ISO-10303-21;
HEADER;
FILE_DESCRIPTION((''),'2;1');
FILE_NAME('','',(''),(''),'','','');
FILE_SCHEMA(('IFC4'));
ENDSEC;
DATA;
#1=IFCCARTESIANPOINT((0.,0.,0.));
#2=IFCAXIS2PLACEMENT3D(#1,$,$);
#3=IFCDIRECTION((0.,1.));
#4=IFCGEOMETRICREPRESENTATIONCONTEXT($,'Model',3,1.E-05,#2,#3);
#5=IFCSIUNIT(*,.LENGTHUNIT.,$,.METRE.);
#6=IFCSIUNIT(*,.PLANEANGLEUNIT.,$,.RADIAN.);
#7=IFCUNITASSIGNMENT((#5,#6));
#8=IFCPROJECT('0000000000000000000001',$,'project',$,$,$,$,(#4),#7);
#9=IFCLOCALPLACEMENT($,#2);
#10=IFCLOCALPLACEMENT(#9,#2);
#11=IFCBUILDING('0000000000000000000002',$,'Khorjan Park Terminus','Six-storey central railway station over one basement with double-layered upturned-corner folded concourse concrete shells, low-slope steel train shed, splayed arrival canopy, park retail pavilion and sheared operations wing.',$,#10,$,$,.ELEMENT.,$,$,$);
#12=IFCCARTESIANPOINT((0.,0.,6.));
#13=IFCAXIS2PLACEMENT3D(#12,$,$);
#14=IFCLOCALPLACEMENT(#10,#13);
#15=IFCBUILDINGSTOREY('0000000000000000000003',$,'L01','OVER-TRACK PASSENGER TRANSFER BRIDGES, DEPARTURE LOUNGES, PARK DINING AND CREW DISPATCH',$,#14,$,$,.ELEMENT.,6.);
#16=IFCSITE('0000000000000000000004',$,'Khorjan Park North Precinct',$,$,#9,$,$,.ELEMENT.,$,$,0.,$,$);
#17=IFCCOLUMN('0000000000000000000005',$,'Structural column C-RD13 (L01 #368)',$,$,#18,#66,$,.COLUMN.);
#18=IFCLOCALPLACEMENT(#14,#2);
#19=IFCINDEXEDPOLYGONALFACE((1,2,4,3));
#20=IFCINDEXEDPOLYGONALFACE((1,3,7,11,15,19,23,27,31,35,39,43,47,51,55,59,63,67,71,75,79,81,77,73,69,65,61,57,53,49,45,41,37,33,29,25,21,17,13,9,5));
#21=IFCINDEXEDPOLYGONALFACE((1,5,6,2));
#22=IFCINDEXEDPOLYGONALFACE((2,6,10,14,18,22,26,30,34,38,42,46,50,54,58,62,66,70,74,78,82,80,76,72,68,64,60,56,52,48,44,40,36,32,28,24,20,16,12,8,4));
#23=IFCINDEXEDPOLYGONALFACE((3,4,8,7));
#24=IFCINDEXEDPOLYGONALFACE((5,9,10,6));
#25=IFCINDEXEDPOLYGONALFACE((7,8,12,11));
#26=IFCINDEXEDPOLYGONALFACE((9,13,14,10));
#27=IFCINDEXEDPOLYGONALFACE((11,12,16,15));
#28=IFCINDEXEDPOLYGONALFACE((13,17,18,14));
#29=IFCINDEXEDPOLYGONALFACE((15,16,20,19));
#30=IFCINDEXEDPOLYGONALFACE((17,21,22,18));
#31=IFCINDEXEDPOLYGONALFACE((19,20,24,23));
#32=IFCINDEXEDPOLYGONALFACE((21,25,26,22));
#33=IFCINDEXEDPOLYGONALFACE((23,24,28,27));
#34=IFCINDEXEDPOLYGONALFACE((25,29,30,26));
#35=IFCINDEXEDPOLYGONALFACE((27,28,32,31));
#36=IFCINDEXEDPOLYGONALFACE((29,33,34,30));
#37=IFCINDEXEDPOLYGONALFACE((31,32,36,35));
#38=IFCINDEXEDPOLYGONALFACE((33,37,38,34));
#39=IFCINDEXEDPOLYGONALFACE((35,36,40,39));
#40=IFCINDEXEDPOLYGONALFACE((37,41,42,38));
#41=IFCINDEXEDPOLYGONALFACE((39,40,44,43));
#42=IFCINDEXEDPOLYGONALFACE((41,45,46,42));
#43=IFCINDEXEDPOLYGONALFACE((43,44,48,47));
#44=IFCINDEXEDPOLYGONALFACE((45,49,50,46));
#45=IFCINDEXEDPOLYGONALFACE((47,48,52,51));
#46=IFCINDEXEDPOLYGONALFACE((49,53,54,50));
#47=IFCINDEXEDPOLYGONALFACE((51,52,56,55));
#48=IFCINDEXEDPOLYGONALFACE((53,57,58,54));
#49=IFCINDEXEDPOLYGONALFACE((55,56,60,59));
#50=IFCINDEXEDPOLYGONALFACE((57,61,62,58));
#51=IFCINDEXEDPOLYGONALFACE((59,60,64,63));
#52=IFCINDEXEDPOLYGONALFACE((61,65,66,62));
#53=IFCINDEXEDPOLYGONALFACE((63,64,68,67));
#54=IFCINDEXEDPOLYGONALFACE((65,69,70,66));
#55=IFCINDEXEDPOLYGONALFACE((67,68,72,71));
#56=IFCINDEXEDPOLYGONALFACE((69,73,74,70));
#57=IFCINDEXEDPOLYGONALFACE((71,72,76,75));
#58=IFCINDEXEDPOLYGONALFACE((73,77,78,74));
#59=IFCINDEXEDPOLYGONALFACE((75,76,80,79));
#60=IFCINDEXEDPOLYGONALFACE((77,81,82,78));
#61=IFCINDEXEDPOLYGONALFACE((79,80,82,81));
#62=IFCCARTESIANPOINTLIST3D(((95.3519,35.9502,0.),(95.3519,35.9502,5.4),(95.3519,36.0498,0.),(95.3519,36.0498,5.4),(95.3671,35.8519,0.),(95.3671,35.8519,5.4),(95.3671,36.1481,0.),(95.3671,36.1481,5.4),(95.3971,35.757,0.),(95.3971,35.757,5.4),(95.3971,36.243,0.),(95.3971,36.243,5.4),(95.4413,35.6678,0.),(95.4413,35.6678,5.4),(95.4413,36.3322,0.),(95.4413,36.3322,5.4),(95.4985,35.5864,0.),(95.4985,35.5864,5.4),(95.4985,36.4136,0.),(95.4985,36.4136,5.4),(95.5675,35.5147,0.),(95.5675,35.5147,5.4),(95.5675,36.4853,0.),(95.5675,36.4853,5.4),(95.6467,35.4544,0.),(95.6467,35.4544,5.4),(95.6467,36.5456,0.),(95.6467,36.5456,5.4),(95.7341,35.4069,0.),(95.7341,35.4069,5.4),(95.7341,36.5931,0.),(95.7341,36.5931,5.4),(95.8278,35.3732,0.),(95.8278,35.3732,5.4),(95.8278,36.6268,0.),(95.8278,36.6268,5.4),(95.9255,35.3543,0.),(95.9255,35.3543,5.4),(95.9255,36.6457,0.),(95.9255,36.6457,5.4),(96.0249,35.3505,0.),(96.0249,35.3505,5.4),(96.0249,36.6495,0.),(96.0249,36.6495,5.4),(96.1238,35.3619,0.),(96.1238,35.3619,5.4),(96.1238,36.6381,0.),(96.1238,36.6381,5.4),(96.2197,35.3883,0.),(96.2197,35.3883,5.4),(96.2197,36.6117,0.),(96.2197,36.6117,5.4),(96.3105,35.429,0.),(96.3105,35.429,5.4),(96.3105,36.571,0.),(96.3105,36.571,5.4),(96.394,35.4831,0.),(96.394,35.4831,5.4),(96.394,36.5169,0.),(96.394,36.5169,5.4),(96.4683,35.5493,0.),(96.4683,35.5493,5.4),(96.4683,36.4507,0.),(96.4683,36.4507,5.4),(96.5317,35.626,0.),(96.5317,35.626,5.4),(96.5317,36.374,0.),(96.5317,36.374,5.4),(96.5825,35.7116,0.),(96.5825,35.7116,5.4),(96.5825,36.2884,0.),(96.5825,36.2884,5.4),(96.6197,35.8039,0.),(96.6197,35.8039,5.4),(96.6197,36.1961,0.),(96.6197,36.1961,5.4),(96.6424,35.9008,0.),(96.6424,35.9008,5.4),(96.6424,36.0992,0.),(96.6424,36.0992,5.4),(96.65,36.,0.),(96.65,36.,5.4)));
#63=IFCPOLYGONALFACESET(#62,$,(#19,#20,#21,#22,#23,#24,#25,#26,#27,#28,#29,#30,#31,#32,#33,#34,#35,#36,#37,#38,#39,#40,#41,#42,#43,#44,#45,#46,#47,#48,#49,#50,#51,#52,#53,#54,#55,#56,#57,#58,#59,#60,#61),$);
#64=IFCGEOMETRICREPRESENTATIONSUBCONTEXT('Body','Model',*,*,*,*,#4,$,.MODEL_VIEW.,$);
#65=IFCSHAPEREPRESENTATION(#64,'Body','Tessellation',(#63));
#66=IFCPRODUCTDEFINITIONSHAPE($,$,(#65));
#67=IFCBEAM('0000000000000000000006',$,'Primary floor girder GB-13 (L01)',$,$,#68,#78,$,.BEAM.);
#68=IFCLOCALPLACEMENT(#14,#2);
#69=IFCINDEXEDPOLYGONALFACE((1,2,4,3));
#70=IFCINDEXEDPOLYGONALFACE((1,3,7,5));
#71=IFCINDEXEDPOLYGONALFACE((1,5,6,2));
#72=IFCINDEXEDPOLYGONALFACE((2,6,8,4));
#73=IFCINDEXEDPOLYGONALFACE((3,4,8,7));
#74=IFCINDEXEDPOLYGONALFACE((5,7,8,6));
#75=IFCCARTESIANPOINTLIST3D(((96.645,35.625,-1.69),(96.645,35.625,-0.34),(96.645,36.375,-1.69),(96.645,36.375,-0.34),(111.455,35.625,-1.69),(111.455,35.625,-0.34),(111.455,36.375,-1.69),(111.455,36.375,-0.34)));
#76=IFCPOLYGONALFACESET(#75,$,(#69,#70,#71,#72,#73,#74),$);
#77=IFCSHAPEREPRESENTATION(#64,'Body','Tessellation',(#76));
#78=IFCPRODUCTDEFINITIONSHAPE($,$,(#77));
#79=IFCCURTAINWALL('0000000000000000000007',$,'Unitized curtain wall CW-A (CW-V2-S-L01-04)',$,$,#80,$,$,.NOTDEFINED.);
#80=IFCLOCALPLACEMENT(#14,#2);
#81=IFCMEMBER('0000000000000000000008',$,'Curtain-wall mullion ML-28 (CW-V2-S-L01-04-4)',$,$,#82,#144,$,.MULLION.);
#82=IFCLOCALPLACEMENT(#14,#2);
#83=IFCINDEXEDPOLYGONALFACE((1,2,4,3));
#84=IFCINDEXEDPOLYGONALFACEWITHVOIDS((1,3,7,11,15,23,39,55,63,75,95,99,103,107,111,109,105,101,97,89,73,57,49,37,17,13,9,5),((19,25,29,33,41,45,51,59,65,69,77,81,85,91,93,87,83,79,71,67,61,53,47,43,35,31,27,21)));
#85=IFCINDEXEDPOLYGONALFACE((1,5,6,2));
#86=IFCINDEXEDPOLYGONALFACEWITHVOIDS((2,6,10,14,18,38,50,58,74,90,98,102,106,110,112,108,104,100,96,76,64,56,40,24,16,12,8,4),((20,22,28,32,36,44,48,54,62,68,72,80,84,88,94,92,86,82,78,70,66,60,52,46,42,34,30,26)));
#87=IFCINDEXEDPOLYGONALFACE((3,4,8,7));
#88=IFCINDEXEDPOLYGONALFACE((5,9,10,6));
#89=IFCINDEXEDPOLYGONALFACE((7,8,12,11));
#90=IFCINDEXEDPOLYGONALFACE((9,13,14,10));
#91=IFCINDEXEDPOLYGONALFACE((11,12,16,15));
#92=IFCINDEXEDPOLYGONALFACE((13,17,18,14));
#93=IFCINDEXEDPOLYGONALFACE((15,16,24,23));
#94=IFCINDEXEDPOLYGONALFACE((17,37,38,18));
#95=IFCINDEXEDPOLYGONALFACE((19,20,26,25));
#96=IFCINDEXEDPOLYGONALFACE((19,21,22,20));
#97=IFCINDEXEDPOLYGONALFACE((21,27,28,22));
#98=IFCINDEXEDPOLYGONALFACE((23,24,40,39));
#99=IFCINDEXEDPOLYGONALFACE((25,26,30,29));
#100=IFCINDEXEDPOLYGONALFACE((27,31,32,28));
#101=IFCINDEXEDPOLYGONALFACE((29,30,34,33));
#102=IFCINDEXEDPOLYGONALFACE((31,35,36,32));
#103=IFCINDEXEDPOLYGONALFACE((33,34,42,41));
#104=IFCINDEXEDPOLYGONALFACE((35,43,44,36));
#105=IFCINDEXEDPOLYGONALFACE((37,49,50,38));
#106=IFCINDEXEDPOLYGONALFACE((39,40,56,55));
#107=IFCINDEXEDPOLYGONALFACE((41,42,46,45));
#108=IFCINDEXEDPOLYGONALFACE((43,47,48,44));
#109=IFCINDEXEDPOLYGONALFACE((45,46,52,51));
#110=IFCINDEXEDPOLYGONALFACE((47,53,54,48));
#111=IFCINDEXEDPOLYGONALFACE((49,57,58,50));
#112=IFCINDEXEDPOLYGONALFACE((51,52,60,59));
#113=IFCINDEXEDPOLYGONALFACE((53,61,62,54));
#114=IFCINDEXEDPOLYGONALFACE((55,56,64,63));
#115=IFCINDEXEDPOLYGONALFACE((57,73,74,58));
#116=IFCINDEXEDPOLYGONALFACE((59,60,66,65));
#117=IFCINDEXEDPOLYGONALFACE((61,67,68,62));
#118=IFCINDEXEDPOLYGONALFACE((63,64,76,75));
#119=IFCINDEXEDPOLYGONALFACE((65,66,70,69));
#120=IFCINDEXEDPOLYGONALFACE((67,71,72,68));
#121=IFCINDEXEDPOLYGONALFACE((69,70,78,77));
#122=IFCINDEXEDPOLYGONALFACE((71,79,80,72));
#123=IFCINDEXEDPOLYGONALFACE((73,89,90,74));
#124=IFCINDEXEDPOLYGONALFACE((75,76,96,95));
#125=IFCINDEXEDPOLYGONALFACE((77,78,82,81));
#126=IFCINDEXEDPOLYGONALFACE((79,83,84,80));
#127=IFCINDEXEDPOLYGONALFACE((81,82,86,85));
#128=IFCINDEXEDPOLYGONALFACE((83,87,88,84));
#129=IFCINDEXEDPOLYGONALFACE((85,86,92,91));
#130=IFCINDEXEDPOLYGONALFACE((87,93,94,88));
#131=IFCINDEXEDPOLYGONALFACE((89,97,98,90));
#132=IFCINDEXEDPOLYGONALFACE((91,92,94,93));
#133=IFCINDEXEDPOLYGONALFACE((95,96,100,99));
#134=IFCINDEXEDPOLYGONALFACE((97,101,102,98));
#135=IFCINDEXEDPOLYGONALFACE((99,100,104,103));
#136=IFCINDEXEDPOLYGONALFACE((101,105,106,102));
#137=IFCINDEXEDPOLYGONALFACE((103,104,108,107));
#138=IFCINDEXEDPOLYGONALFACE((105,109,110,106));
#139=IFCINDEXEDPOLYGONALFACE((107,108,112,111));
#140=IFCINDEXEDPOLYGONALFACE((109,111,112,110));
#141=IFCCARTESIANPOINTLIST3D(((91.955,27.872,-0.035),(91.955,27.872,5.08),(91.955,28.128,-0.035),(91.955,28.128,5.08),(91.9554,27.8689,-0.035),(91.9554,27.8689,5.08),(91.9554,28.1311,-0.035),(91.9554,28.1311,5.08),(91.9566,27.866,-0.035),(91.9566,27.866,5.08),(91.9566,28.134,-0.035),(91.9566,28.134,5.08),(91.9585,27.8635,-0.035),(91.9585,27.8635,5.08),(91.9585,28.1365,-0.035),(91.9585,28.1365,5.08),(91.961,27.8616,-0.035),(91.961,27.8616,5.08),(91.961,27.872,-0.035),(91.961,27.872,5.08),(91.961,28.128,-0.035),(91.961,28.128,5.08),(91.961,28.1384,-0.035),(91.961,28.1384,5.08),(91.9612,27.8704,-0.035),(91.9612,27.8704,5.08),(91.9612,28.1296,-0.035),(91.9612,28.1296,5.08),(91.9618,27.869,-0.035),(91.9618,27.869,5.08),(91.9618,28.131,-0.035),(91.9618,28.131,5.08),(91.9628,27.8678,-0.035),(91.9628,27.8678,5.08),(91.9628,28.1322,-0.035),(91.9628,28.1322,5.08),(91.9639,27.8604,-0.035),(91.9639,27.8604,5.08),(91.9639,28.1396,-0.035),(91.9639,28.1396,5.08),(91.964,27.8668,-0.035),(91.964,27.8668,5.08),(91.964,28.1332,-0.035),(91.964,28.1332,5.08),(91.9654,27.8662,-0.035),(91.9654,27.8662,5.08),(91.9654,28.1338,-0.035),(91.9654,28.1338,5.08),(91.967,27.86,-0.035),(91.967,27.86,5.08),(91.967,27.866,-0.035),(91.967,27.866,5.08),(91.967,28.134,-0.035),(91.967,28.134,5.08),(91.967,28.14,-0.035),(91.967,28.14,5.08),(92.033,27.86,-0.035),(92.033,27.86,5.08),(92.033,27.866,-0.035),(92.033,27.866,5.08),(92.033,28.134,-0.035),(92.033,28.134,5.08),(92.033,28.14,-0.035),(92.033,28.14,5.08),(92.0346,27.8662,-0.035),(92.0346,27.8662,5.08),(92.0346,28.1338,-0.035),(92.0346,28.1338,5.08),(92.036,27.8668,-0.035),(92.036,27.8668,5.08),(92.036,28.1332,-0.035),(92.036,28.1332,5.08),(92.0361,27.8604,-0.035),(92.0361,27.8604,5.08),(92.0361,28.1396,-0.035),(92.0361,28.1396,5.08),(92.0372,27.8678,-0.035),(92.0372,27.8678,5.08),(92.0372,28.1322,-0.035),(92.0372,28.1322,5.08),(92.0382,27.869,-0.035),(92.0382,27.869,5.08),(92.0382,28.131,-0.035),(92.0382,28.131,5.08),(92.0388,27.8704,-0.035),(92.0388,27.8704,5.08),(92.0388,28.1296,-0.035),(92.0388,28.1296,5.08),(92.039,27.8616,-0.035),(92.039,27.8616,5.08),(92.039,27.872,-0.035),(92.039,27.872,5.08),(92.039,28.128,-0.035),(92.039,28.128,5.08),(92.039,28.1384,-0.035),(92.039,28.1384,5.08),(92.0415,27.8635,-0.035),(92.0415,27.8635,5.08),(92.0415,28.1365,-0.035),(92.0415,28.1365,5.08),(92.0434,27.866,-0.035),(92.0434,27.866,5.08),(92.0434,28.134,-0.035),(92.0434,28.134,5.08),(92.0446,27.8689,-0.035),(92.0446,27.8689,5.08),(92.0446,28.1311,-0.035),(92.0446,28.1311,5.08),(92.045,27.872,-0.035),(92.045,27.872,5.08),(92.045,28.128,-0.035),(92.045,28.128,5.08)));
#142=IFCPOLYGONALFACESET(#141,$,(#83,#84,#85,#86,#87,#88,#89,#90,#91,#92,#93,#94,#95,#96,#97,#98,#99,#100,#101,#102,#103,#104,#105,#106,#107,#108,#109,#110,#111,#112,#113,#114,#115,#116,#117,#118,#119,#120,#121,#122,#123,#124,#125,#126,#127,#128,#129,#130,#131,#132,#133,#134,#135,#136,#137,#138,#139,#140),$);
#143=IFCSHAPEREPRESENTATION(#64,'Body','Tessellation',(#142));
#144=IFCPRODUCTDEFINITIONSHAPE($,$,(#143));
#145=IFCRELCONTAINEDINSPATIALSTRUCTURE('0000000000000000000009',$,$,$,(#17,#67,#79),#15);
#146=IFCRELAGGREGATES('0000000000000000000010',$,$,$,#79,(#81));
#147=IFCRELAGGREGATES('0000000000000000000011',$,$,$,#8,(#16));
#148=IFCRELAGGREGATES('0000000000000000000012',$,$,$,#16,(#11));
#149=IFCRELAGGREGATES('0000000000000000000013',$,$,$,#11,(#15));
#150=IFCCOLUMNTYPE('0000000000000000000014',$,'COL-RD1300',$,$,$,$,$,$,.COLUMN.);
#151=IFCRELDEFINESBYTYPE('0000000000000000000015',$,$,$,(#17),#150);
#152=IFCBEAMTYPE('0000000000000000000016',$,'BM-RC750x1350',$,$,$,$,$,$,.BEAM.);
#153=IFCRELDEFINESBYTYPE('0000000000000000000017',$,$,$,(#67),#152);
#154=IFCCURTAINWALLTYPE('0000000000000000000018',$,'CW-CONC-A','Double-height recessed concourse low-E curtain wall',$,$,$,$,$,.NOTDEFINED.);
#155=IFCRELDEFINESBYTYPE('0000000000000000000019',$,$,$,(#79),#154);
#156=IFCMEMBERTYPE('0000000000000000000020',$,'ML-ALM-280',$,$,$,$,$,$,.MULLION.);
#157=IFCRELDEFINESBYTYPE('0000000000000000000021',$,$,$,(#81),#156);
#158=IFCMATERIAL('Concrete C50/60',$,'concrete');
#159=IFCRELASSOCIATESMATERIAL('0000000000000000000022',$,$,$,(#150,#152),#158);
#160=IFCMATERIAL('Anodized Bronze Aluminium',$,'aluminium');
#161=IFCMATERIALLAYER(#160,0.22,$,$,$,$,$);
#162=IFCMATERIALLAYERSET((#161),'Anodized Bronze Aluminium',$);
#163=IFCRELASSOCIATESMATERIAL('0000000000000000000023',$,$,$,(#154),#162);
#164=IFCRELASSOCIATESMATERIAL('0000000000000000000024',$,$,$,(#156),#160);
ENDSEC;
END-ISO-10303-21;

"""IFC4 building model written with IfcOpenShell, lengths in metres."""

from ifc_helpers import new_model, si_unit, direction, frame, origin, origin_2d, place, context, subcontext, project, spatial, rectangle, hollow_rectangle, circle, extrude, material, layer, layer_set, material_profile, profile_set, type_object, element, aggregate, save


model = new_model("IFC4")

# Units and contexts
model_context = context("Model", 3, precision=1e-05, world=origin(), true_north=direction((0.0, 1.0)))
body_context = subcontext(model_context, "Body", "Model", "MODEL_VIEW")
ifc_project = project(units=[si_unit("LENGTHUNIT", "METRE"), si_unit("PLANEANGLEUNIT", "RADIAN")], contexts=[model_context])

# Site, building, storey
site_placement = place(None, origin())
site = spatial("IfcSite", under=ifc_project, at=site_placement, Name="Khorjan Park North Precinct", CompositionType="ELEMENT", RefElevation=0.0)
building_placement = place(site_placement, origin())
building = spatial("IfcBuilding", under=site, at=building_placement, Name="Khorjan Park Terminus", Description="Six-storey central railway station over one basement with double-layered upturned-corner folded concourse concrete shells, low-slope steel train shed, splayed arrival canopy, park retail pavilion and sheared operations wing.", CompositionType="ELEMENT")
storey_placement = place(building_placement, frame((0.0, 0.0, 6.0)))
storey = spatial("IfcBuildingStorey", under=building, at=storey_placement, Name="L01", Description="OVER-TRACK PASSENGER TRANSFER BRIDGES, DEPARTURE LOUNGES, PARK DINING AND CREW DISPATCH", CompositionType="ELEMENT", Elevation=6.0)

# Column
ifc_material_1 = material(Name="Concrete C50/60", Category="concrete")
ifc_material_profile_1 = material_profile(ifc_material_1, circle(Radius=0.65, at=origin_2d()), Name="RC D1300")
ifc_profile_set_1 = profile_set([ifc_material_profile_1], Name="Concrete C50/60")
column_type = type_object("IfcColumnType", Name="COL-RD1300", PredefinedType="COLUMN", material=ifc_profile_set_1)
column_placement = place(storey_placement, frame((96.0, 36.0, 0.0), z_axis=(0.0, 0.0, 1.0), x_axis=(1.0, 0.0, 0.0)))
element("IfcColumn", 1, at=column_placement, inside=storey, type_object=column_type, Name="Structural column C-RD13 (L01 #368)", PredefinedType="COLUMN", context=body_context, shape_type="SweptSolid", body=[
    extrude(circle(Radius=0.65, at=origin_2d()), origin(), (0.0, 0.0, 1.0), 5.4),
])

# Beam
ifc_material_profile_2 = material_profile(ifc_material_1, rectangle(XDim=0.75, YDim=1.35, at=origin_2d()), Name="RC 750x1350")
ifc_profile_set_2 = profile_set([ifc_material_profile_2], Name="Concrete C50/60")
beam_type = type_object("IfcBeamType", Name="BM-RC750x1350", PredefinedType="BEAM", material=ifc_profile_set_2)
beam_placement = place(storey_placement, frame((96.645, 36.0, -1.015), z_axis=(1.0, 0.0, 0.0), x_axis=(0.0, 1.0, 0.0)))
element("IfcBeam", 2, at=beam_placement, inside=storey, type_object=beam_type, Name="Primary floor girder GB-13 (L01)", PredefinedType="BEAM", context=body_context, shape_type="SweptSolid", body=[
    extrude(rectangle(XDim=0.75, YDim=1.35, at=origin_2d()), origin(), (0.0, 0.0, 1.0), 14.81),
])

# Curtain wall, member
ifc_material_2 = material(Name="Anodized Bronze Aluminium", Category="aluminium")
ifc_layer_1 = layer(ifc_material_2, 0.22)
ifc_layer_set_1 = layer_set([ifc_layer_1], Name="Anodized Bronze Aluminium")
curtain_wall_type = type_object("IfcCurtainWallType", Name="CW-CONC-A", Description="Double-height recessed concourse low-E curtain wall", PredefinedType="NOTDEFINED", material=ifc_layer_set_1)
curtain_wall_1_placement = place(storey_placement, origin())
curtain_wall_1 = element("IfcCurtainWall", 3, at=curtain_wall_1_placement, inside=storey, type_object=curtain_wall_type, Name="Unitized curtain wall CW-A (CW-V2-S-L01-04)", PredefinedType="NOTDEFINED")
ifc_material_profile_3 = material_profile(ifc_material_2, hollow_rectangle(XDim=0.09, YDim=0.28, WallThickness=0.006, InnerFilletRadius=0.006, OuterFilletRadius=0.012, at=origin_2d()), Name="ALM 90x280x6")
ifc_profile_set_3 = profile_set([ifc_material_profile_3], Name="Anodized Bronze Aluminium")
member_type_1 = type_object("IfcMemberType", Name="ML-ALM-280", PredefinedType="MULLION", material=ifc_profile_set_3)
member_1_placement = place(storey_placement, frame((92.0, 28.0, -0.035), z_axis=(0.0, 0.0, 1.0), x_axis=(1.0, 0.0, 0.0)))
member_1 = element("IfcMember", 4, at=member_1_placement, type_object=member_type_1, Name="Curtain-wall mullion ML-28 (CW-V2-S-L01-04-4)", PredefinedType="MULLION", context=body_context, shape_type="SweptSolid", body=[
    extrude(hollow_rectangle(XDim=0.09, YDim=0.28, WallThickness=0.006, InnerFilletRadius=0.006, OuterFilletRadius=0.012, at=origin_2d()), origin(), (0.0, 0.0, 1.0), 5.115),
])

aggregate(curtain_wall_1, [member_1])

save(model, "model.ifc")
